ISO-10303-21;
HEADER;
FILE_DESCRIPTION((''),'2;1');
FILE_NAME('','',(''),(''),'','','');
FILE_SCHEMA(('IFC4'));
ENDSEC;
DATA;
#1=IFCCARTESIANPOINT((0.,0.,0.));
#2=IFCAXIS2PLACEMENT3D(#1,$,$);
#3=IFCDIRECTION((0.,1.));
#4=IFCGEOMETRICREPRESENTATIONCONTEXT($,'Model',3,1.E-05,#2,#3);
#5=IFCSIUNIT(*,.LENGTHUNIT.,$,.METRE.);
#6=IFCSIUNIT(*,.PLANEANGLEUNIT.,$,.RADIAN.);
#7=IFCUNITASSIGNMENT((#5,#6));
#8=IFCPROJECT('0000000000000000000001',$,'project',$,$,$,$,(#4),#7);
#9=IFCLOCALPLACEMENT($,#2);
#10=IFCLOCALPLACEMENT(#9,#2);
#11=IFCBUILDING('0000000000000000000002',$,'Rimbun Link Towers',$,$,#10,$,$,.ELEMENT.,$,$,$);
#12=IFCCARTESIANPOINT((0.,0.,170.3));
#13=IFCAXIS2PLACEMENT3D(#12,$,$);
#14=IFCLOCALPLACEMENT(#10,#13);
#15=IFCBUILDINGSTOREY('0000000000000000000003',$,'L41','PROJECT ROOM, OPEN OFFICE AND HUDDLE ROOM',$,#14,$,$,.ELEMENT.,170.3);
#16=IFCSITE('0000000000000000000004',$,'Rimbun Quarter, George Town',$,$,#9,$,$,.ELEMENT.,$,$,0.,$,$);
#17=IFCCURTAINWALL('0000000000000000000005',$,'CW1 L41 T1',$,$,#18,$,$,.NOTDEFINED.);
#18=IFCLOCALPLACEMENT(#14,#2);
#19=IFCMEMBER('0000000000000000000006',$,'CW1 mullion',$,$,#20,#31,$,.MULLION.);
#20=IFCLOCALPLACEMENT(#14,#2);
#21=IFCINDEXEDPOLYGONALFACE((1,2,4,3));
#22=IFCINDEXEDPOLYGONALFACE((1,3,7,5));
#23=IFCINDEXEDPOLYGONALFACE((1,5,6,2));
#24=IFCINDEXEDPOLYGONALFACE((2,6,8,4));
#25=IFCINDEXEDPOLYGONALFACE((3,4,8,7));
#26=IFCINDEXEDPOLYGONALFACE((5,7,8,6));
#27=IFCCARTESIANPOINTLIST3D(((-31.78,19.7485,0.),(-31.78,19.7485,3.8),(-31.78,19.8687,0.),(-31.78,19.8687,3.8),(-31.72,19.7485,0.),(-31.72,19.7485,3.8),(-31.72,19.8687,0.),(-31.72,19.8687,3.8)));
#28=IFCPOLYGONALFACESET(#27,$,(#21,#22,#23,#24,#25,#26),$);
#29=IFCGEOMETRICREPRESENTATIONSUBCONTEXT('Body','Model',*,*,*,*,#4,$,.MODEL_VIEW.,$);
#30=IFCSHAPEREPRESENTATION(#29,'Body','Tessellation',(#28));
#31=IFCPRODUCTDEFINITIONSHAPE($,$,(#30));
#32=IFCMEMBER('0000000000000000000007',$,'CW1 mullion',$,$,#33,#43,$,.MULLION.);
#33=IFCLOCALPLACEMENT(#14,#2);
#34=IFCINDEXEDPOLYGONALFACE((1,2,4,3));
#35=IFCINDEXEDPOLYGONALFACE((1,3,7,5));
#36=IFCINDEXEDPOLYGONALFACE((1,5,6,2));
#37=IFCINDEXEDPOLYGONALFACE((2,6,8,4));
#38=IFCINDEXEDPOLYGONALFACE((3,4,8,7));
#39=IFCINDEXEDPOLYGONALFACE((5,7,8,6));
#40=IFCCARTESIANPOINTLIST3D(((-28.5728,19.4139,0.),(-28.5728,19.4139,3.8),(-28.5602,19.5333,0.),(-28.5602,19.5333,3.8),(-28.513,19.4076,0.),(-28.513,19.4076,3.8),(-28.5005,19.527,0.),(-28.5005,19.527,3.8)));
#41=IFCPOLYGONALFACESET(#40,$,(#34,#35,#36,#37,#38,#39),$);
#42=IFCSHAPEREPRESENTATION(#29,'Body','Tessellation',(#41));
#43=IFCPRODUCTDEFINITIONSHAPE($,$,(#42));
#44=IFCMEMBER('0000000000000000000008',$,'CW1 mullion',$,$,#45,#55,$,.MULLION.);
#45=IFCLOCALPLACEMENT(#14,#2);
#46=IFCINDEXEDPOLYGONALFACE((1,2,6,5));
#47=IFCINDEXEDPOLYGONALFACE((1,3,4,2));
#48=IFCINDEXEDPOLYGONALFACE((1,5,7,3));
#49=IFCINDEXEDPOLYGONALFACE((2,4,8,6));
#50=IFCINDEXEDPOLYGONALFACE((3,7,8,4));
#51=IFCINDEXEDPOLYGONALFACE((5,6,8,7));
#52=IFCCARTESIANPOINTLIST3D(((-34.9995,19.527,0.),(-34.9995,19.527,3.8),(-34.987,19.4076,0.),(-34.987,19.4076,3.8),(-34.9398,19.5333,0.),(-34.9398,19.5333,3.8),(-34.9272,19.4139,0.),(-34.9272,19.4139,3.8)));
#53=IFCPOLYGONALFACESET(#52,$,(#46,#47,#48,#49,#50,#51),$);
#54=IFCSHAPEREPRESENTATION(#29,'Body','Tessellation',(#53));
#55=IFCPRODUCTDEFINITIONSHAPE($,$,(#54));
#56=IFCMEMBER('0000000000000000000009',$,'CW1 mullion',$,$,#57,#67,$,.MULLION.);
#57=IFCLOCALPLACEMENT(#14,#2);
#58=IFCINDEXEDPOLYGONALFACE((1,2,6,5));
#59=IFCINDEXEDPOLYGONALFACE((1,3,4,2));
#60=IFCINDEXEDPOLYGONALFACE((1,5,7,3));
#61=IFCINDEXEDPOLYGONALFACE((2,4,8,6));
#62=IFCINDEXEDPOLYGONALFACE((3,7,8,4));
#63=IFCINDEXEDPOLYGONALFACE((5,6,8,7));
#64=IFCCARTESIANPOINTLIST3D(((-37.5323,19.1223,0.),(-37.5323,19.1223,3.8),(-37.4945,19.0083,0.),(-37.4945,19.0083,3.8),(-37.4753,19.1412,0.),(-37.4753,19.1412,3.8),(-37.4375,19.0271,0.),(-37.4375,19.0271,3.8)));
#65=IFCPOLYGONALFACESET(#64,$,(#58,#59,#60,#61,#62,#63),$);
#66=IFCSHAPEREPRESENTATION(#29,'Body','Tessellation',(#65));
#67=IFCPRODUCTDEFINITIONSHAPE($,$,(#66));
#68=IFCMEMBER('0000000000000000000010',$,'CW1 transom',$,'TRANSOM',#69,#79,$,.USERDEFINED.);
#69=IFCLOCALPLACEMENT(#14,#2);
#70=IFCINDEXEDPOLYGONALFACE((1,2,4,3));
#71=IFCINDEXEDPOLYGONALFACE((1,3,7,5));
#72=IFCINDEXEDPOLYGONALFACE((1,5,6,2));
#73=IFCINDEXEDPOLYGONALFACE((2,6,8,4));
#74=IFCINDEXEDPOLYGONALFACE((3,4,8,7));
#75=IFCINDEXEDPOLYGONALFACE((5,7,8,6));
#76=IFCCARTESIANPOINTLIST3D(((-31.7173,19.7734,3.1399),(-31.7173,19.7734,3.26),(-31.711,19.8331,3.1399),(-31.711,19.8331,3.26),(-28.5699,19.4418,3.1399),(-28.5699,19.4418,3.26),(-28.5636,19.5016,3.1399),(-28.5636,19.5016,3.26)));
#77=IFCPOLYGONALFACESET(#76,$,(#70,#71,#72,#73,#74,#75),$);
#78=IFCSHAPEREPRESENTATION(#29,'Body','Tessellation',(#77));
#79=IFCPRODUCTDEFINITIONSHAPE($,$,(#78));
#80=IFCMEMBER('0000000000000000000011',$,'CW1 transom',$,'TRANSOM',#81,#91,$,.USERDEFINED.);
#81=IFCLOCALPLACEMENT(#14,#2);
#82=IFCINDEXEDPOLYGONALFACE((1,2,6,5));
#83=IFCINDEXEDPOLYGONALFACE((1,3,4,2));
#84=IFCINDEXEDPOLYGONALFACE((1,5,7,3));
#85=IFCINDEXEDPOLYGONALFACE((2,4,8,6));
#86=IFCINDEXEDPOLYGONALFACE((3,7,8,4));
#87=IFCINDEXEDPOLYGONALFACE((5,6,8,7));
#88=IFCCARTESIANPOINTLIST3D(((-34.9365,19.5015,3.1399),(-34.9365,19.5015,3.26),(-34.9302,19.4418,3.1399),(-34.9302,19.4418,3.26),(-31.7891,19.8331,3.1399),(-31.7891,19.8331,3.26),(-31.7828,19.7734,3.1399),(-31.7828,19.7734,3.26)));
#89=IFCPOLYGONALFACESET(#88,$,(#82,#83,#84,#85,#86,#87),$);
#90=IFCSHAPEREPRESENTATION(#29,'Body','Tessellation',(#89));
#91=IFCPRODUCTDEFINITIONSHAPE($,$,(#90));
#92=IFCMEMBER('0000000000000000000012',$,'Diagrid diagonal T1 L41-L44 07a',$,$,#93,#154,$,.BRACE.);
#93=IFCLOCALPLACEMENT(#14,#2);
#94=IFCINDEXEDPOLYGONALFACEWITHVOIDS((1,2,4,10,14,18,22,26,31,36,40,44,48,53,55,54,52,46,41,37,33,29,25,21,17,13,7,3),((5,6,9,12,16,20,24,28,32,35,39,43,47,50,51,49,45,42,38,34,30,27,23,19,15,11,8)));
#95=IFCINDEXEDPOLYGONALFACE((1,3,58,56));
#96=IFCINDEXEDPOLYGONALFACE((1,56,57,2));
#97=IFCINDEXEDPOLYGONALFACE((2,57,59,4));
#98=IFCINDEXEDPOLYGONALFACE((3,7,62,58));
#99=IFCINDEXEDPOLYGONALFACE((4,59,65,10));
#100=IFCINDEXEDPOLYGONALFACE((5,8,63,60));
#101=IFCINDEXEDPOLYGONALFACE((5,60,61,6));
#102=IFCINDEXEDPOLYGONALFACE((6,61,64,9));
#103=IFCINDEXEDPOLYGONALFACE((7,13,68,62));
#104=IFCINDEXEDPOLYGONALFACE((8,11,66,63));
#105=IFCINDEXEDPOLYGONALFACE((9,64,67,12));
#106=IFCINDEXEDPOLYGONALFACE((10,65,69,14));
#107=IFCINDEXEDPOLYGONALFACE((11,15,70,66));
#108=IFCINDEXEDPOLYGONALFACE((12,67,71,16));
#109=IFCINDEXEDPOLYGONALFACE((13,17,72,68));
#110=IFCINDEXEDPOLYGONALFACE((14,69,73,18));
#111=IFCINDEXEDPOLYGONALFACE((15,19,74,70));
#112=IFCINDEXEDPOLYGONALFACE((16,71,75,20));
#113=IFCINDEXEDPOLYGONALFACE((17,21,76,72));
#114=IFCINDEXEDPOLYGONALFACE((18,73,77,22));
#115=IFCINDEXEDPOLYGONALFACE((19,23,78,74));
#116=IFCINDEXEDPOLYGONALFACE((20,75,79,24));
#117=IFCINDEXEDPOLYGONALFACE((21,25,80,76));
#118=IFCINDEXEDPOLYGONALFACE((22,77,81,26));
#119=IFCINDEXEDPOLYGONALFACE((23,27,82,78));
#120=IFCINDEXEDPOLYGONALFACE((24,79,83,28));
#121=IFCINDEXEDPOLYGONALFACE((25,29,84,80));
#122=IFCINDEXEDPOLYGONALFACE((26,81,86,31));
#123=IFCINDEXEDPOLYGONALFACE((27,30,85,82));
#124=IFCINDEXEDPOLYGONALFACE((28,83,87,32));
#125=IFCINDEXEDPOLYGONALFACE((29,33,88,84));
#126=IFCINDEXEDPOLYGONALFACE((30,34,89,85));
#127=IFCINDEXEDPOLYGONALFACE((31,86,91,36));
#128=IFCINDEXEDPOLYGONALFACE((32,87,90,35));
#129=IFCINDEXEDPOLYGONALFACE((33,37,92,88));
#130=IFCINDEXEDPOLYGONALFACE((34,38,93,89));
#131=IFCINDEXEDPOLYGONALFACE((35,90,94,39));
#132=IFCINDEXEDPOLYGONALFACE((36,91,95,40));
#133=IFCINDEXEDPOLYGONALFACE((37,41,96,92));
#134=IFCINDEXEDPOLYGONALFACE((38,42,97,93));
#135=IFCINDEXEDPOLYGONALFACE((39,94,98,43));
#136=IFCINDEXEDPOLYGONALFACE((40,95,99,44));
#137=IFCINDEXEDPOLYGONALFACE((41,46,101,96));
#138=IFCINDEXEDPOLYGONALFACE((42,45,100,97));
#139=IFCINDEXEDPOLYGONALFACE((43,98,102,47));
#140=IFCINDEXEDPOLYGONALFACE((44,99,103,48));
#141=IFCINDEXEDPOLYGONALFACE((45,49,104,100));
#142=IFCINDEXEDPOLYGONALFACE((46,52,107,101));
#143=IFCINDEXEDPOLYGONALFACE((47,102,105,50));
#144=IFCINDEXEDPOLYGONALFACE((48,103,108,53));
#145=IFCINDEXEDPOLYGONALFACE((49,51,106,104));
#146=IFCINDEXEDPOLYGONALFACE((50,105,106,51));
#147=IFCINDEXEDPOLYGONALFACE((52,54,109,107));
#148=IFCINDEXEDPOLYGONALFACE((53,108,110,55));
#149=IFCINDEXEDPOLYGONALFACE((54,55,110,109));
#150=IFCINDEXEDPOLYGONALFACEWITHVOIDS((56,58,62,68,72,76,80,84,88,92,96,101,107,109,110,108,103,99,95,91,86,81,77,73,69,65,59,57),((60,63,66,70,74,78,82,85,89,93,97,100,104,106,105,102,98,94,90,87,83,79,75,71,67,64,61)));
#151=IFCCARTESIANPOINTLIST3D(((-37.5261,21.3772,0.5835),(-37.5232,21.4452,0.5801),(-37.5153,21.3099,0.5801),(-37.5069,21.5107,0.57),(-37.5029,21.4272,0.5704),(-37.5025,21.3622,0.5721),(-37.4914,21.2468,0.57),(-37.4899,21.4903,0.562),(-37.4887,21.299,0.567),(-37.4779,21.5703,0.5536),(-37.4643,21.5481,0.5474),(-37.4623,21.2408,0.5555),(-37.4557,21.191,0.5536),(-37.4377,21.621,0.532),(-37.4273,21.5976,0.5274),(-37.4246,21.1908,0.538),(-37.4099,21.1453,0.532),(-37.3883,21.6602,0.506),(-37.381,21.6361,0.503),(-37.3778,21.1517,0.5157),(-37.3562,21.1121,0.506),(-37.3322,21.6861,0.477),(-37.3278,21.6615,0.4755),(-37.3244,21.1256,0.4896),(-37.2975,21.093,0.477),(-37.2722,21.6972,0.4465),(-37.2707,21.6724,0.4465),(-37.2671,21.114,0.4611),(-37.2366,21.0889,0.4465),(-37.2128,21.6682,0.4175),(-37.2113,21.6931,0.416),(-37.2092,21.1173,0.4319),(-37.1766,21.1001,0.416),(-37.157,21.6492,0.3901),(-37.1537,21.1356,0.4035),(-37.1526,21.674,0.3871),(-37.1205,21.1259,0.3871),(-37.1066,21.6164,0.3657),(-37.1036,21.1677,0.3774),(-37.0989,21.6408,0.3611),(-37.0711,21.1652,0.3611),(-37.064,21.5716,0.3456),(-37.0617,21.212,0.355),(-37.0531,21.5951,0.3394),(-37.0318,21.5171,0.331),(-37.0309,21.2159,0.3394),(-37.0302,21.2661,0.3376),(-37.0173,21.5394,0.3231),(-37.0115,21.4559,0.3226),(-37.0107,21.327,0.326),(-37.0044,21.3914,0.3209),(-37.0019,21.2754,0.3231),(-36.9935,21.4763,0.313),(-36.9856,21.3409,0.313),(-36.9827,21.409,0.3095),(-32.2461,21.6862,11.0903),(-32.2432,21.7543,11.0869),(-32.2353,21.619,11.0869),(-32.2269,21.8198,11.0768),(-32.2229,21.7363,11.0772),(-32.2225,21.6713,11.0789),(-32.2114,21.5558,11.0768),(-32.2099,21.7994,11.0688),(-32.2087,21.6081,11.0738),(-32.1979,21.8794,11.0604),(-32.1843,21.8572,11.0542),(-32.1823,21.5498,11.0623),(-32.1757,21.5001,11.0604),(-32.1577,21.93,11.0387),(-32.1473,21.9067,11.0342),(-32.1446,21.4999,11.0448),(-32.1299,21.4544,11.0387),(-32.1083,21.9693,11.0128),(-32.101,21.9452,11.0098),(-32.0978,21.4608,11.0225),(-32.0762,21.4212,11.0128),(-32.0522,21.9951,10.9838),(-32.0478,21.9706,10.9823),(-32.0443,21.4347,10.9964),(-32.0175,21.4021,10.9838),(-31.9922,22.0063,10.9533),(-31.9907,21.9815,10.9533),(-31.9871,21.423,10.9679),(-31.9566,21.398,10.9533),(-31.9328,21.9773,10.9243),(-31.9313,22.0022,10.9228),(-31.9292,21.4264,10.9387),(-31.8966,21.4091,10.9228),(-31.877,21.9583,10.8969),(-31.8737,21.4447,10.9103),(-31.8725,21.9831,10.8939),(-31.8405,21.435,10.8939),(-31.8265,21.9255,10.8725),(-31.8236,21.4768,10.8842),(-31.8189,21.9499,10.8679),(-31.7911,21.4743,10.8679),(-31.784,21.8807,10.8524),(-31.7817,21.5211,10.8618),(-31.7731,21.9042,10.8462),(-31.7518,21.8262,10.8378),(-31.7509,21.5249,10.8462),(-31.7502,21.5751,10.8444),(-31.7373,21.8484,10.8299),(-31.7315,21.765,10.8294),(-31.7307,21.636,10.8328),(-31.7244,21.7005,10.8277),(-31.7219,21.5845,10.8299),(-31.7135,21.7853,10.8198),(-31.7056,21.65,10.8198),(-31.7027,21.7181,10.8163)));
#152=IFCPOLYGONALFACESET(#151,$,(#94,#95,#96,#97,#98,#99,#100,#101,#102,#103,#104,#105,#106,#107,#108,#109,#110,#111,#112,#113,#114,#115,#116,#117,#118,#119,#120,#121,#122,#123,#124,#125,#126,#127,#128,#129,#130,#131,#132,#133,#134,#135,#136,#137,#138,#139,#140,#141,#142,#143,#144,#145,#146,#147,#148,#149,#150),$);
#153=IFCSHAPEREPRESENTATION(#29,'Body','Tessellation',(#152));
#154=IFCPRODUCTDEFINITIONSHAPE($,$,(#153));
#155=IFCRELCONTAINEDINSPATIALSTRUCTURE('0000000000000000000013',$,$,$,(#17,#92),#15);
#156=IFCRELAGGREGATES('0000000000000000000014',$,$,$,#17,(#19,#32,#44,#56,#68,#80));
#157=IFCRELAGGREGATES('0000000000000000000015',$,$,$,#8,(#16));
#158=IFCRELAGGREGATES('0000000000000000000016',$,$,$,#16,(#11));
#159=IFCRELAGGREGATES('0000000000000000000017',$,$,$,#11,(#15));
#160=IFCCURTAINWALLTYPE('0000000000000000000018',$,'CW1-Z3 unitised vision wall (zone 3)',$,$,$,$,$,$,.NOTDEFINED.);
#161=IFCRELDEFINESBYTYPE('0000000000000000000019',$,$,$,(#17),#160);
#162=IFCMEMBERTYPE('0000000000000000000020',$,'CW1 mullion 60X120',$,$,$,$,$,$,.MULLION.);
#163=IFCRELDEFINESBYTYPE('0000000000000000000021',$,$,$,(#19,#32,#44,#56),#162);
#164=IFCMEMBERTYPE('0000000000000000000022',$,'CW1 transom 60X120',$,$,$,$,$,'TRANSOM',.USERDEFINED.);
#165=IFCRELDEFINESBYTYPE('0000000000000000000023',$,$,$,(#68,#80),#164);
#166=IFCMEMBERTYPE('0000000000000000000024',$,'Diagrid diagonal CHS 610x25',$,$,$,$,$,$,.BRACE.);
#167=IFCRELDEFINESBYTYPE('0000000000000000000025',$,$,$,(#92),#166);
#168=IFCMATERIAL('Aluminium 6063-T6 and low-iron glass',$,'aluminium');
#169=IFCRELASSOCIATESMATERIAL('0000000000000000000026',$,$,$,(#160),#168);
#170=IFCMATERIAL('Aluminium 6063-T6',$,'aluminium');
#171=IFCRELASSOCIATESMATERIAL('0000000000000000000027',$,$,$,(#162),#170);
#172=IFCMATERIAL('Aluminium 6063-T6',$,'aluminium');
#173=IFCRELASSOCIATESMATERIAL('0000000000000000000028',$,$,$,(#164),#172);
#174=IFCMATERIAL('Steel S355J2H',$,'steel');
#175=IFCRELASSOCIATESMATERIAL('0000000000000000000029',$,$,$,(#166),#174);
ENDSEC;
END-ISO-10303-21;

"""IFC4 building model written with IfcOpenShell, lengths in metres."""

from ifc_helpers import new_model, si_unit, direction, frame, origin, origin_2d, place, context, subcontext, project, spatial, rectangle, hollow_circle, extrude, material, material_profile, profile_set, type_object, element, aggregate, save


model = new_model("IFC4")

# Units and contexts
model_context = context("Model", 3, precision=1e-05, world=origin(), true_north=direction((0.0, 1.0)))
body_context = subcontext(model_context, "Body", "Model", "MODEL_VIEW")
ifc_project = project(units=[si_unit("LENGTHUNIT", "METRE"), si_unit("PLANEANGLEUNIT", "RADIAN")], contexts=[model_context])

# Site, building, storey
site_placement = place(None, origin())
site = spatial("IfcSite", under=ifc_project, at=site_placement, Name="Rimbun Quarter, George Town", CompositionType="ELEMENT", RefElevation=0.0)
building_placement = place(site_placement, origin())
building = spatial("IfcBuilding", under=site, at=building_placement, Name="Rimbun Link Towers", CompositionType="ELEMENT")
storey_placement = place(building_placement, frame((0.0, 0.0, 170.3)))
storey = spatial("IfcBuildingStorey", under=building, at=storey_placement, Name="L41", Description="PROJECT ROOM, OPEN OFFICE AND HUDDLE ROOM", CompositionType="ELEMENT", Elevation=170.3)

# Curtain wall, members
ifc_material_1 = material(Name="Aluminium 6063-T6 and low-iron glass", Category="aluminium")
curtain_wall_type = type_object("IfcCurtainWallType", Name="CW1-Z3 unitised vision wall (zone 3)", PredefinedType="NOTDEFINED", material=ifc_material_1)
curtain_wall_placement = place(storey_placement, origin())
curtain_wall = element("IfcCurtainWall", 1, at=curtain_wall_placement, inside=storey, type_object=curtain_wall_type, Name="CW1 L41 T1", PredefinedType="NOTDEFINED")
ifc_material_2 = material(Name="Aluminium 6063-T6", Category="aluminium")
ifc_material_profile_1 = material_profile(ifc_material_2, rectangle(XDim=0.1201, YDim=0.0601, at=origin_2d()), Name="MULLION 60X120")
ifc_profile_set_1 = profile_set([ifc_material_profile_1], Name="Aluminium 6063-T6")
member_type_1 = type_object("IfcMemberType", Name="CW1 mullion 60X120", PredefinedType="MULLION", material=ifc_profile_set_1)
member_1_placement = place(storey_placement, frame((-31.75, 19.8086, 0.0), z_axis=(0.0, 0.0, 1.0), x_axis=(0.0, 1.0, 0.0)))
member_1 = element("IfcMember", 2, at=member_1_placement, type_object=member_type_1, Name="CW1 mullion", PredefinedType="MULLION", context=body_context, shape_type="SweptSolid", body=[
    extrude(rectangle(XDim=0.1201, YDim=0.0601, at=origin_2d()), origin(), (0.0, 0.0, 1.0), 3.8),
])
member_2_placement = place(storey_placement, frame((-28.5366, 19.4705, 0.0), z_axis=(0.0, 0.0, 1.0), x_axis=(0.104737, 0.9945, 0.0)))
member_2 = element("IfcMember", 3, at=member_2_placement, type_object=member_type_1, Name="CW1 mullion", PredefinedType="MULLION", context=body_context, shape_type="SweptSolid", body=[
    extrude(rectangle(XDim=0.1201, YDim=0.0601, at=origin_2d()), origin(), (0.0, 0.0, 1.0), 3.8),
])
member_3_placement = place(storey_placement, frame((-34.9634, 19.4705, 0.0), z_axis=(0.0, 0.0, 1.0), x_axis=(-0.104737, 0.9945, 0.0)))
member_3 = element("IfcMember", 4, at=member_3_placement, type_object=member_type_1, Name="CW1 mullion", PredefinedType="MULLION", context=body_context, shape_type="SweptSolid", body=[
    extrude(rectangle(XDim=0.1201, YDim=0.0601, at=origin_2d()), origin(), (0.0, 0.0, 1.0), 3.8),
])
member_4_placement = place(storey_placement, frame((-37.4849, 19.0747, 0.0), z_axis=(0.0, 0.0, 1.0), x_axis=(-0.31456, 0.949237, 0.0)))
member_4 = element("IfcMember", 5, at=member_4_placement, type_object=member_type_1, Name="CW1 mullion", PredefinedType="MULLION", context=body_context, shape_type="SweptSolid", body=[
    extrude(rectangle(XDim=0.1201, YDim=0.0601, at=origin_2d()), origin(), (0.0, 0.0, 1.0), 3.8),
])
ifc_material_3 = material(Name="Aluminium 6063-T6", Category="aluminium")
ifc_material_profile_2 = material_profile(ifc_material_3, rectangle(XDim=0.0601, YDim=0.1201, at=origin_2d()), Name="TRANSOM 60X120")
ifc_profile_set_2 = profile_set([ifc_material_profile_2], Name="Aluminium 6063-T6")
member_type_2 = type_object("IfcMemberType", Name="CW1 transom 60X120", ElementType="TRANSOM", PredefinedType="USERDEFINED", material=ifc_profile_set_2)
member_5_placement = place(storey_placement, frame((-31.7141, 19.8032, 3.2), z_axis=(0.994498, -0.104757, 0.0), x_axis=(0.104757, 0.994498, 0.0)))
member_5 = element("IfcMember", 6, at=member_5_placement, type_object=member_type_2, Name="CW1 transom", ObjectType="TRANSOM", PredefinedType="USERDEFINED", context=body_context, shape_type="SweptSolid", body=[
    extrude(rectangle(XDim=0.0601, YDim=0.1201, at=origin_2d()), origin(), (0.0, 0.0, 1.0), 3.1648),
])
member_6_placement = place(storey_placement, frame((-34.9333, 19.4717, 3.2), z_axis=(0.994498, 0.104757, 0.0), x_axis=(-0.104757, 0.994498, 0.0)))
member_6 = element("IfcMember", 7, at=member_6_placement, type_object=member_type_2, Name="CW1 transom", ObjectType="TRANSOM", PredefinedType="USERDEFINED", context=body_context, shape_type="SweptSolid", body=[
    extrude(rectangle(XDim=0.0601, YDim=0.1201, at=origin_2d()), origin(), (0.0, 0.0, 1.0), 3.1648),
])

# Member
ifc_material_4 = material(Name="Steel S355J2H", Category="steel")
ifc_material_profile_3 = material_profile(ifc_material_4, hollow_circle(Radius=0.3047, WallThickness=0.0249, at=origin_2d()), Name="Diagrid diagonal CHS 610x25")
ifc_profile_set_3 = profile_set([ifc_material_profile_3], Name="Steel S355J2H")
member_type_3 = type_object("IfcMemberType", Name="Diagrid diagonal CHS 610x25", PredefinedType="BRACE", material=ifc_profile_set_3)
member_7_placement = place(storey_placement, frame((-37.2544, 21.3931, 0.4465), z_axis=(0.448868, 0.026276, 0.893212), x_axis=(-0.058438, 0.998291, 0.0)))
element("IfcMember", 8, at=member_7_placement, inside=storey, type_object=member_type_3, Name="Diagrid diagonal T1 L41-L44 07a", PredefinedType="BRACE", context=body_context, shape_type="SweptSolid", body=[
    extrude(hollow_circle(Radius=0.3047, WallThickness=0.0249, at=origin_2d()), origin(), (0.0, 0.0, 1.0), 11.7629),
])

aggregate(curtain_wall, [member_1, member_2, member_3, member_4, member_5, member_6])

save(model, "model.ifc")
